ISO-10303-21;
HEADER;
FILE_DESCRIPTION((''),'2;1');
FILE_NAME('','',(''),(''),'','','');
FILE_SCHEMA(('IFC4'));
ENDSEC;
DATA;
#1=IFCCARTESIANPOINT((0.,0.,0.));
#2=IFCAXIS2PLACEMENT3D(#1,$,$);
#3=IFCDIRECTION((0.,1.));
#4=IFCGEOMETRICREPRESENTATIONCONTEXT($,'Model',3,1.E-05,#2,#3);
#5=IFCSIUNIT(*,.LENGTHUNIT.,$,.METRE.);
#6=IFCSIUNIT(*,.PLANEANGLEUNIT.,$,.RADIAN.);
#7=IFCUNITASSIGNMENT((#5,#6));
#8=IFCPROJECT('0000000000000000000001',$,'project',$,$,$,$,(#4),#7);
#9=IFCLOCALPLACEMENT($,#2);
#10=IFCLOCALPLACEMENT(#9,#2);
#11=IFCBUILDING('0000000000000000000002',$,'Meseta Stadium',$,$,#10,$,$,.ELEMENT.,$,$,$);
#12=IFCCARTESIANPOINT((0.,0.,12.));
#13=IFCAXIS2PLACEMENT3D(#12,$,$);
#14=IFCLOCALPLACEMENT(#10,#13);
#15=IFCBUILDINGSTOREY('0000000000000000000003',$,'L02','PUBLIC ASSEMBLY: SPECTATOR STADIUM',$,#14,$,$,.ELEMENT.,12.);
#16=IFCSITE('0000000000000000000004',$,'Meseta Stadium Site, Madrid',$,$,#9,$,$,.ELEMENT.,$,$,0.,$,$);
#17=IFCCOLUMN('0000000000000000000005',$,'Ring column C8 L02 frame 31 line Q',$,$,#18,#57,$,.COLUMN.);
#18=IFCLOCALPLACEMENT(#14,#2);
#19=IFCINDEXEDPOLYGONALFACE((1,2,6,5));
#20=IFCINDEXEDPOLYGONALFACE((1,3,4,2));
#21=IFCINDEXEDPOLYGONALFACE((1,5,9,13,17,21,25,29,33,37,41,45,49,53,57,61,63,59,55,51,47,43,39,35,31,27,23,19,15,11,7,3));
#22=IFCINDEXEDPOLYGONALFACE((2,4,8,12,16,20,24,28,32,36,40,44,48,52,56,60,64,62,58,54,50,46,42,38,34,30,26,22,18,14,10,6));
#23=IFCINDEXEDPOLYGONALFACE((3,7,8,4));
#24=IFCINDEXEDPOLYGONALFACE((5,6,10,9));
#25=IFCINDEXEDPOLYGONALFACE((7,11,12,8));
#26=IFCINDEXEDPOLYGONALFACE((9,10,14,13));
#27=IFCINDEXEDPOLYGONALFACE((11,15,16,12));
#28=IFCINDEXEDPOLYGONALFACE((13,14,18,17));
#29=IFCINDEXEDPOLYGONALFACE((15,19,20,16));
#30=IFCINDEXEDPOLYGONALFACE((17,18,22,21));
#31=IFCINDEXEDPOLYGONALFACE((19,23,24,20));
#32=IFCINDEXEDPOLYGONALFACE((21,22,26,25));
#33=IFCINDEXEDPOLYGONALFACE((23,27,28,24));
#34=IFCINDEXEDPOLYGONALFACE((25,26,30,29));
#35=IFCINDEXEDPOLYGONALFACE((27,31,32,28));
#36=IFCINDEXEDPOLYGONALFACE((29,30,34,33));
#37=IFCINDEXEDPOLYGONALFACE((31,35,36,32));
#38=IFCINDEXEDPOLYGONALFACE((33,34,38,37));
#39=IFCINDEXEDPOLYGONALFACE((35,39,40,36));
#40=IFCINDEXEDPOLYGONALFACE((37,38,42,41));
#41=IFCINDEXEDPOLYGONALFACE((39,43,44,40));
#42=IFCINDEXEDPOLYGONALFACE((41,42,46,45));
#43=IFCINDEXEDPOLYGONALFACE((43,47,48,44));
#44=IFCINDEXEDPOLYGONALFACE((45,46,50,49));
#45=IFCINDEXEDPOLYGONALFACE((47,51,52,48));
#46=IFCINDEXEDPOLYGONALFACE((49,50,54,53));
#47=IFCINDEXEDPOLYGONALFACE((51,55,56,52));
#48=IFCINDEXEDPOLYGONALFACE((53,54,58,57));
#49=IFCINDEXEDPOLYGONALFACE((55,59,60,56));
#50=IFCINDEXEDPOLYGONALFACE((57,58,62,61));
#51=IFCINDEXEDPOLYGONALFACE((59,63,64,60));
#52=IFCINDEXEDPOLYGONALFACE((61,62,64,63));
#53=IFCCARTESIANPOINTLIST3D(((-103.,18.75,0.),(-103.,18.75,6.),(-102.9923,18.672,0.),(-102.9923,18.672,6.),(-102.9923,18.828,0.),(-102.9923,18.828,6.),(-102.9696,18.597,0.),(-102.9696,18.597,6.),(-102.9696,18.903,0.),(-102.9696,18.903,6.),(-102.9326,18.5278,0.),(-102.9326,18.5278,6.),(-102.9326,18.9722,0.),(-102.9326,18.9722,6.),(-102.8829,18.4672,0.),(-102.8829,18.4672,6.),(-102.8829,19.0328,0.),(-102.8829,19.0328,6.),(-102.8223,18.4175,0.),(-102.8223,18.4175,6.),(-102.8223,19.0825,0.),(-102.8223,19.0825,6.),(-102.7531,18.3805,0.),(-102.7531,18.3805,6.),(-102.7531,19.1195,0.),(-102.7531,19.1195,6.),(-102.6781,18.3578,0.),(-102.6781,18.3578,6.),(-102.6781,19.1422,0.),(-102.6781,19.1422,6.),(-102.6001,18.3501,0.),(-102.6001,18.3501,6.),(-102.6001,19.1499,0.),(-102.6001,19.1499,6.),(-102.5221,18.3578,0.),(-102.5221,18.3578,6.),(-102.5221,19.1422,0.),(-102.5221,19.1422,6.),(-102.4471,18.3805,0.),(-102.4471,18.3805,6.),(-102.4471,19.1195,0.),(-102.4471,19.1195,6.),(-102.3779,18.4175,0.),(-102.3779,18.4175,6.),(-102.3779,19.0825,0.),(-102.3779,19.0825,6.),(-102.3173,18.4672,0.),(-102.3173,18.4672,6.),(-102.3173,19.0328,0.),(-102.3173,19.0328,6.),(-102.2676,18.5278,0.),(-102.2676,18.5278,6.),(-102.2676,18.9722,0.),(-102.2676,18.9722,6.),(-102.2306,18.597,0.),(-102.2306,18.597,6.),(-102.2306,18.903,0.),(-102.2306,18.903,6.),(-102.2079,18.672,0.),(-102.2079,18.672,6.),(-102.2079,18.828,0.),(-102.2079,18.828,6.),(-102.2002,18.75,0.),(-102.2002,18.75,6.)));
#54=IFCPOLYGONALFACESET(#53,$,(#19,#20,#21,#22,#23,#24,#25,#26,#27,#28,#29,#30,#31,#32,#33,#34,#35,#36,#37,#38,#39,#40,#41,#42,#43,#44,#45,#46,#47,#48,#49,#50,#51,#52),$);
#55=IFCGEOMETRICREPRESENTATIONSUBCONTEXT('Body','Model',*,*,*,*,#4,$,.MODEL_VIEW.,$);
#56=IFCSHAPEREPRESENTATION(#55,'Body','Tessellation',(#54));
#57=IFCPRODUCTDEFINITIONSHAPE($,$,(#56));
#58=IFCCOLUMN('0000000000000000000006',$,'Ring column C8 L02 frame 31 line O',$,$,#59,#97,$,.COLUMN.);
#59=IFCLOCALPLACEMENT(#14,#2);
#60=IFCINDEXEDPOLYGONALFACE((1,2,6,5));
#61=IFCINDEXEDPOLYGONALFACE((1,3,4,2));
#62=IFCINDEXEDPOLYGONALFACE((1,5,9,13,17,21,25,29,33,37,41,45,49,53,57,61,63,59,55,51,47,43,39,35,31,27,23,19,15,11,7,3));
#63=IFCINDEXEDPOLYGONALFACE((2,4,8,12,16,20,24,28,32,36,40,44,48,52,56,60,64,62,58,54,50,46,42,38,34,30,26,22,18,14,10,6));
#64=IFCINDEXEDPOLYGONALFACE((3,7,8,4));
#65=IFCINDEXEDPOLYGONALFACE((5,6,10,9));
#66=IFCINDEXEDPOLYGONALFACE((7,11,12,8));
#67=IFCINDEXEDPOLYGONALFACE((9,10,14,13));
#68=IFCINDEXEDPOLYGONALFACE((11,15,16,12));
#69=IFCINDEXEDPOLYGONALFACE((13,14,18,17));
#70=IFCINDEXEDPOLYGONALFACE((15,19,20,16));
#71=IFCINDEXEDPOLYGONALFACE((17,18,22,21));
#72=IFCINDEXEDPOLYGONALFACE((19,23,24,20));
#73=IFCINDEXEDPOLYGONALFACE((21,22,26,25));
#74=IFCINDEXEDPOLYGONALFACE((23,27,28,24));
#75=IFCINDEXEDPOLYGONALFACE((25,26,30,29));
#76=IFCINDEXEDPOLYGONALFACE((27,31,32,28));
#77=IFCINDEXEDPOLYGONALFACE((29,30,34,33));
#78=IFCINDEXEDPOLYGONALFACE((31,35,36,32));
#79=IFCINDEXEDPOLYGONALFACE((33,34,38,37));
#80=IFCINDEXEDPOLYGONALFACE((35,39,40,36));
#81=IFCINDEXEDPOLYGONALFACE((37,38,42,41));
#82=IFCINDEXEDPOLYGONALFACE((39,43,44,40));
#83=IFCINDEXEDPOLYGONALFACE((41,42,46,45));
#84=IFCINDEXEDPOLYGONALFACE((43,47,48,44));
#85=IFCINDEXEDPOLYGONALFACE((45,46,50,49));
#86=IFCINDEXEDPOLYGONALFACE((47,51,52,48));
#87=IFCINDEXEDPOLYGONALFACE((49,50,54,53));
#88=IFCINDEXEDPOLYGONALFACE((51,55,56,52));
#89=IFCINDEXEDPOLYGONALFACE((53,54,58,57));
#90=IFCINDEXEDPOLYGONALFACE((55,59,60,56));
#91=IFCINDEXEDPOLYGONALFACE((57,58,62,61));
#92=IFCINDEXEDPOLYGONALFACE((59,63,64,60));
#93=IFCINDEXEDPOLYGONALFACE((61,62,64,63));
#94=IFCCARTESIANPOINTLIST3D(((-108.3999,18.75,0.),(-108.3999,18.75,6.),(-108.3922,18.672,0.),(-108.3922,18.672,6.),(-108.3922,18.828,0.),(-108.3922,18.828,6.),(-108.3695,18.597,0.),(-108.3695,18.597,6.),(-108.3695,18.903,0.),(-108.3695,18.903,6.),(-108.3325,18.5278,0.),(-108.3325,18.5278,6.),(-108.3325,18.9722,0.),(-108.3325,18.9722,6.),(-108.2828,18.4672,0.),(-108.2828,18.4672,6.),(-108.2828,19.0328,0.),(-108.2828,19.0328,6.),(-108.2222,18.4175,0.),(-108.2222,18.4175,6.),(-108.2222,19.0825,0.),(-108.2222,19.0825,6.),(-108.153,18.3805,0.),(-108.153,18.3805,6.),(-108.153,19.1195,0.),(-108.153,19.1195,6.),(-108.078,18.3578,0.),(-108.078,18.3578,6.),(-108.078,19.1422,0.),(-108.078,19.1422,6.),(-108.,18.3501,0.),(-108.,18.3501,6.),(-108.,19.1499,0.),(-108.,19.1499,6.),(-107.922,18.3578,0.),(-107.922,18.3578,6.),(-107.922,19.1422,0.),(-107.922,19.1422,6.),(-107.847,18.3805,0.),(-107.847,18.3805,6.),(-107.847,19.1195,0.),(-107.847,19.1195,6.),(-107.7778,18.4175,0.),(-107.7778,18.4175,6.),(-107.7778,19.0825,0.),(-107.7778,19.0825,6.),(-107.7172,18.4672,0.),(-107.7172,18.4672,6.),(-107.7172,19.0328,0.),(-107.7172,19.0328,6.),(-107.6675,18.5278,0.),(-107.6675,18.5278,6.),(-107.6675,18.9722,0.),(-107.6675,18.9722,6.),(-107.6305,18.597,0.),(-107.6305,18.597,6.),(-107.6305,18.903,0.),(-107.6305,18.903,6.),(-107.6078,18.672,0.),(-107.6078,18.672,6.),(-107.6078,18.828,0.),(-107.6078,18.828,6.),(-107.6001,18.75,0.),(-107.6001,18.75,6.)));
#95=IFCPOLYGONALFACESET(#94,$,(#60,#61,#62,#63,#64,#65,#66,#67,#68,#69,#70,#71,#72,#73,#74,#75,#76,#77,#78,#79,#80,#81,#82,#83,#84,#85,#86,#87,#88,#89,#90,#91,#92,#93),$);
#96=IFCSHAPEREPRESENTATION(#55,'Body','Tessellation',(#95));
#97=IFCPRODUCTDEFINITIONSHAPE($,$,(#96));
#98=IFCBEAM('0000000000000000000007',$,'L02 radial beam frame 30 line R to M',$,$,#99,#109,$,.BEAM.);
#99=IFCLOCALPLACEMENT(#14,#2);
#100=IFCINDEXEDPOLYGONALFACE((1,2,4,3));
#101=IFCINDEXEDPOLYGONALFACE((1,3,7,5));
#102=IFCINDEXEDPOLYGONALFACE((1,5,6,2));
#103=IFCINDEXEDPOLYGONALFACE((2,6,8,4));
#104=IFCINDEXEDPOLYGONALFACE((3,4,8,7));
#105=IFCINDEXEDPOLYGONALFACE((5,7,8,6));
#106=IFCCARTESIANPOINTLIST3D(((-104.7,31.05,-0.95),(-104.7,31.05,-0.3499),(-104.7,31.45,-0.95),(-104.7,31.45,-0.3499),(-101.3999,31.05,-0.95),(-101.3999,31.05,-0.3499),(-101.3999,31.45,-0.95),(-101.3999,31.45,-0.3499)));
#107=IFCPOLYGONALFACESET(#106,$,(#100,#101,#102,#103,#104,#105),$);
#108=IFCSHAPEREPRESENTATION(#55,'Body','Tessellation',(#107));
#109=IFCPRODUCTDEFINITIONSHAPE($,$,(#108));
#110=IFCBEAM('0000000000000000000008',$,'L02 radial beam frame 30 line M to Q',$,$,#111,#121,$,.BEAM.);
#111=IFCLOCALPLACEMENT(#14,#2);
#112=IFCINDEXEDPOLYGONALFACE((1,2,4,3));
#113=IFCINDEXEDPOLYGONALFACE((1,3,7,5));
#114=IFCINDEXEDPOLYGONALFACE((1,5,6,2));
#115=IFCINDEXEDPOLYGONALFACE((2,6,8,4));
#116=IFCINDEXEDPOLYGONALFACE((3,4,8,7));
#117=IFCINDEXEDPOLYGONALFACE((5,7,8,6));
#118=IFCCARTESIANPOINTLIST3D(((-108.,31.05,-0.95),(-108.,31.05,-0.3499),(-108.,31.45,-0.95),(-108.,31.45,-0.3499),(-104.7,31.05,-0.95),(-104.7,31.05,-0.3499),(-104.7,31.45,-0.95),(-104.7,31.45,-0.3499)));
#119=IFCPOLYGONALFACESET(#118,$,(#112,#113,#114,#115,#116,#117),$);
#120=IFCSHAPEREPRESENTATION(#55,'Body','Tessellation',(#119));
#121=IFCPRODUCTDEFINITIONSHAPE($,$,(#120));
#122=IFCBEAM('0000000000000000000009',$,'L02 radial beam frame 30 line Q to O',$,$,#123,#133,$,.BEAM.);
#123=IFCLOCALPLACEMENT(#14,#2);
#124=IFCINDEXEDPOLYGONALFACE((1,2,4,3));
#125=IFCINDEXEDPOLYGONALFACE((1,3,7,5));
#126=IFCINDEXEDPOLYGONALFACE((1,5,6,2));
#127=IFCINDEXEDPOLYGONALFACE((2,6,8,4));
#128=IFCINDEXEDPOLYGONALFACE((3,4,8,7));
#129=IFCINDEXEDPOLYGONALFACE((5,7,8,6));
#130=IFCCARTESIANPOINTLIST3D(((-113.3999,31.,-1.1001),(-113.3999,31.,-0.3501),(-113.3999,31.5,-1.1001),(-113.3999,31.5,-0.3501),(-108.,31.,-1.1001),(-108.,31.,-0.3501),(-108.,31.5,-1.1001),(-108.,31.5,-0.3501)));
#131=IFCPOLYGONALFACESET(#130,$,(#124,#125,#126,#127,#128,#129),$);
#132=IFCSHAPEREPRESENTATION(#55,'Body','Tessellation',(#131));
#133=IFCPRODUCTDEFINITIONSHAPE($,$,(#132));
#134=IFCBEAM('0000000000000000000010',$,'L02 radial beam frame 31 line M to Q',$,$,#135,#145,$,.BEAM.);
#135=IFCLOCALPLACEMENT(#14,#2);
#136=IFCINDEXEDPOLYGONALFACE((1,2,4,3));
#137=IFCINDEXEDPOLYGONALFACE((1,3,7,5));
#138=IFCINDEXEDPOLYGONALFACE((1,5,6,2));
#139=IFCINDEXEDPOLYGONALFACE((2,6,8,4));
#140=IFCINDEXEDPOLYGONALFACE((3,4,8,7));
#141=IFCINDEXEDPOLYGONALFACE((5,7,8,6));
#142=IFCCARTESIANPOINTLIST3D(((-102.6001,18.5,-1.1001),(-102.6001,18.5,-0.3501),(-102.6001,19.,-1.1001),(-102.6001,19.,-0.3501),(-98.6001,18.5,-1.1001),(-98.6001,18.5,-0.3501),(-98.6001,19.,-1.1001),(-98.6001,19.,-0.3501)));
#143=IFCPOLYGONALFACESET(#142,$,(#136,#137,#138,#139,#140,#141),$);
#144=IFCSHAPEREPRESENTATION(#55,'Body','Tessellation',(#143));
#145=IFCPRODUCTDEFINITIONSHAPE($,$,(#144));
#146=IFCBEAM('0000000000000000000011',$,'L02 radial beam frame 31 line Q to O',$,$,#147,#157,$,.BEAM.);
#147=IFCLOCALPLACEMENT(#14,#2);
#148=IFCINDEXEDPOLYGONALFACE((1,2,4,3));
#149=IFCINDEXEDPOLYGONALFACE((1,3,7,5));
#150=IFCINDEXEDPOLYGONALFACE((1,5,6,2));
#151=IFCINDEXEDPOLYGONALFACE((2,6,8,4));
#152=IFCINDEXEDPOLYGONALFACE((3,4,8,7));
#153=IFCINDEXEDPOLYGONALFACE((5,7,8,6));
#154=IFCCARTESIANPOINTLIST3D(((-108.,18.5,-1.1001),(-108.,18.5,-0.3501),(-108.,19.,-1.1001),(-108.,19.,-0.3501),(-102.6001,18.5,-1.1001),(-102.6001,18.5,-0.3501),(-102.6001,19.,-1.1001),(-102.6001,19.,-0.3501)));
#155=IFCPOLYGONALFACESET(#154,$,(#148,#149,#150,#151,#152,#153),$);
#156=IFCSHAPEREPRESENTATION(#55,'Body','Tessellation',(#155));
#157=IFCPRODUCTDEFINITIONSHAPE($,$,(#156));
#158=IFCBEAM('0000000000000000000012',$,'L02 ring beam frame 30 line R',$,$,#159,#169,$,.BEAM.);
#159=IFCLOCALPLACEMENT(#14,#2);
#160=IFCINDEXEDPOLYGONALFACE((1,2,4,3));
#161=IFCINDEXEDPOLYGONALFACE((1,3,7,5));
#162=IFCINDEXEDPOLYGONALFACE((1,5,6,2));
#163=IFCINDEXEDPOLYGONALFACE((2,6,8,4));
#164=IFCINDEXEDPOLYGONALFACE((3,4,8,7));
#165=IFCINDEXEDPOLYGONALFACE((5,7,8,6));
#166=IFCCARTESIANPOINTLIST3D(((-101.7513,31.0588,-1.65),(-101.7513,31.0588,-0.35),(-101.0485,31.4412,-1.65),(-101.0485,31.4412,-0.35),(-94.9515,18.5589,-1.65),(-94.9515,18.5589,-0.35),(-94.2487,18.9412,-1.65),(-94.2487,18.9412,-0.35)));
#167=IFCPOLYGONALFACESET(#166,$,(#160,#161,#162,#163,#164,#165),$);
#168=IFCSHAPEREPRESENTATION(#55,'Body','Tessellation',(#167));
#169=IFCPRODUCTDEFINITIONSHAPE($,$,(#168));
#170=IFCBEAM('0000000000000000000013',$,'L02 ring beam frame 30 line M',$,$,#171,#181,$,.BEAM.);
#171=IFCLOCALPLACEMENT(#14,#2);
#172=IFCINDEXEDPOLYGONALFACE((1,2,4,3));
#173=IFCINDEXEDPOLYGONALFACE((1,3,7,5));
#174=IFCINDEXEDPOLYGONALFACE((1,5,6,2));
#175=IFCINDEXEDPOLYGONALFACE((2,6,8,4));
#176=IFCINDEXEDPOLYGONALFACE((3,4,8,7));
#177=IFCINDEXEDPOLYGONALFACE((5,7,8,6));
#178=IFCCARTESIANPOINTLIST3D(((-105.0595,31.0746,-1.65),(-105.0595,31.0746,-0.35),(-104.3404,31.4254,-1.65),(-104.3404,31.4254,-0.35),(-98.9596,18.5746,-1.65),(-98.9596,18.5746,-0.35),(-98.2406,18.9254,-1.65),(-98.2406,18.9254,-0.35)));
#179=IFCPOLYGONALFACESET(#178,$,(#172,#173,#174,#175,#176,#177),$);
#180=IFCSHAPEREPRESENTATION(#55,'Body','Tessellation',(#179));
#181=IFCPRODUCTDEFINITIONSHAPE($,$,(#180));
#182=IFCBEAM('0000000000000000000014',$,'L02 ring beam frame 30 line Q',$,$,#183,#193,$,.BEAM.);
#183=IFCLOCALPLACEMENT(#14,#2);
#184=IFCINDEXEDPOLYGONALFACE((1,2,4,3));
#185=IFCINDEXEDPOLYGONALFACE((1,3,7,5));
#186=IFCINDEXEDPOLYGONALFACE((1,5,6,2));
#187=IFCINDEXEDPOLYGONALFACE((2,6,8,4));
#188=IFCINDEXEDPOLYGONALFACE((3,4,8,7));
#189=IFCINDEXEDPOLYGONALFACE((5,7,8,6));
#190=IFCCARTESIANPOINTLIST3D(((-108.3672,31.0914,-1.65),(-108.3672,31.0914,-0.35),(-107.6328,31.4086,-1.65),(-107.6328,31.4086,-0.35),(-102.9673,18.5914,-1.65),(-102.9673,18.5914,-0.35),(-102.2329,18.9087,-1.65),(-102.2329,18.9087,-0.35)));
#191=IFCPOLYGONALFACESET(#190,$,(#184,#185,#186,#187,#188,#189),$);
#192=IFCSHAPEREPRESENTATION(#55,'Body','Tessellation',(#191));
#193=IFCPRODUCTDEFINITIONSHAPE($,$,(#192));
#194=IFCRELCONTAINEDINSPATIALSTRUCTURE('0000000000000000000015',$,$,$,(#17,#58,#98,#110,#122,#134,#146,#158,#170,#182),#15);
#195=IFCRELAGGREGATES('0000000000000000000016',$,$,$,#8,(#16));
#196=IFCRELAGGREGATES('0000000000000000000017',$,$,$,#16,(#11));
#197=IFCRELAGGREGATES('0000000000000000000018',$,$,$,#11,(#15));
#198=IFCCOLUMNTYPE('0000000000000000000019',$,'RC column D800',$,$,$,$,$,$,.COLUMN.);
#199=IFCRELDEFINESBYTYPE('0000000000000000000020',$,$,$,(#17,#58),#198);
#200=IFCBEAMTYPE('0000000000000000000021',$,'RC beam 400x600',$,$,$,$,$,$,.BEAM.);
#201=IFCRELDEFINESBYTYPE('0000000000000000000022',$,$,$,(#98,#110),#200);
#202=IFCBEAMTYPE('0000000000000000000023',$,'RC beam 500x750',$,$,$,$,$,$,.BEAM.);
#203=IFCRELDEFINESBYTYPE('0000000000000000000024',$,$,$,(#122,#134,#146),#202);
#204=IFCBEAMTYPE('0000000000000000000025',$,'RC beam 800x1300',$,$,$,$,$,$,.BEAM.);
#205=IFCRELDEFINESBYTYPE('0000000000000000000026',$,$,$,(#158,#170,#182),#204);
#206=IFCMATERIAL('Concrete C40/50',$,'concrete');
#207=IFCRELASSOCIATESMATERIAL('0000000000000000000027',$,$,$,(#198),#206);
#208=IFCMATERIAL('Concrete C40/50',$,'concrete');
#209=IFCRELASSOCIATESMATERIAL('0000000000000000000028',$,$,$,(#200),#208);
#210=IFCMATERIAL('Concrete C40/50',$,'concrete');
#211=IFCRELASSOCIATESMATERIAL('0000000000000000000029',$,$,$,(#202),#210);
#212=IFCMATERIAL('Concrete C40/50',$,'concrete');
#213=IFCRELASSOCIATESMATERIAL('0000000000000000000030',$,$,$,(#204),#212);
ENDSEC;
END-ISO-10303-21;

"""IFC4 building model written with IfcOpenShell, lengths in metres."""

from ifc_helpers import new_model, si_unit, direction, frame, origin, origin_2d, place, context, subcontext, project, spatial, rectangle, circle, extrude, material, material_profile, profile_set, type_object, element, save


model = new_model("IFC4")

# Units and contexts
model_context = context("Model", 3, precision=1e-05, world=origin(), true_north=direction((0.0, 1.0)))
body_context = subcontext(model_context, "Body", "Model", "MODEL_VIEW")
ifc_project = project(units=[si_unit("LENGTHUNIT", "METRE"), si_unit("PLANEANGLEUNIT", "RADIAN")], contexts=[model_context])

# Site, building, storey
site_placement = place(None, origin())
site = spatial("IfcSite", under=ifc_project, at=site_placement, Name="Meseta Stadium Site, Madrid", CompositionType="ELEMENT", RefElevation=0.0)
building_placement = place(site_placement, origin())
building = spatial("IfcBuilding", under=site, at=building_placement, Name="Meseta Stadium", CompositionType="ELEMENT")
storey_placement = place(building_placement, frame((0.0, 0.0, 12.0)))
storey = spatial("IfcBuildingStorey", under=building, at=storey_placement, Name="L02", Description="PUBLIC ASSEMBLY: SPECTATOR STADIUM", CompositionType="ELEMENT", Elevation=12.0)

# Columns
ifc_material_1 = material(Name="Concrete C40/50", Category="concrete")
ifc_material_profile_1 = material_profile(ifc_material_1, circle(Radius=0.3999, at=origin_2d()), Name="RC D800")
ifc_profile_set_1 = profile_set([ifc_material_profile_1], Name="Concrete C40/50")
column_type_1 = type_object("IfcColumnType", Name="RC column D800", PredefinedType="COLUMN", material=ifc_profile_set_1)
for number, where, z_axis, x_axis, name in (
    (1, (-102.6001, 18.75, 0.0), (0.0, 0.0, 1.0), (1.0, 0.0, 0.0), "Ring column C8 L02 frame 31 line Q"),
    (2, (-108.0, 18.75, 0.0), (0.0, 0.0, 1.0), (1.0, 0.0, 0.0), "Ring column C8 L02 frame 31 line O"),
):
    element("IfcColumn", number, at=place(storey_placement, frame(where, z_axis=z_axis, x_axis=x_axis)), inside=storey, type_object=column_type_1, Name=name, PredefinedType="COLUMN", context=body_context, shape_type="SweptSolid", body=[
        extrude(circle(Radius=0.3999, at=origin_2d()), origin(), (0.0, 0.0, 1.0), 6.0),
    ])

# Beams
ifc_material_2 = material(Name="Concrete C40/50", Category="concrete")
ifc_material_profile_2 = material_profile(ifc_material_2, rectangle(XDim=0.3999, YDim=0.6001, at=origin_2d()), Name="RC 400x600")
ifc_profile_set_2 = profile_set([ifc_material_profile_2], Name="Concrete C40/50")
beam_type_1 = type_object("IfcBeamType", Name="RC beam 400x600", PredefinedType="BEAM", material=ifc_profile_set_2)
for number, where, z_axis, x_axis, name in (
    (3, (-101.3999, 31.25, -0.6499), (-1.0, 0.0, 0.0), (0.0, -1.0, 0.0), "L02 radial beam frame 30 line R to M"),
    (4, (-104.7, 31.25, -0.6499), (-1.0, 0.0, 0.0), (0.0, -1.0, 0.0), "L02 radial beam frame 30 line M to Q"),
):
    element("IfcBeam", number, at=place(storey_placement, frame(where, z_axis=z_axis, x_axis=x_axis)), inside=storey, type_object=beam_type_1, Name=name, PredefinedType="BEAM", context=body_context, shape_type="SweptSolid", body=[
        extrude(rectangle(XDim=0.3999, YDim=0.6001, at=origin_2d()), origin(), (0.0, 0.0, 1.0), 3.3),
    ])
ifc_material_3 = material(Name="Concrete C40/50", Category="concrete")
ifc_material_profile_3 = material_profile(ifc_material_3, rectangle(XDim=0.5, YDim=0.75, at=origin_2d()), Name="RC 500x750")
ifc_profile_set_3 = profile_set([ifc_material_profile_3], Name="Concrete C40/50")
beam_type_2 = type_object("IfcBeamType", Name="RC beam 500x750", PredefinedType="BEAM", material=ifc_profile_set_3)
beam_1_placement = place(storey_placement, frame((-108.0, 31.25, -0.7251), z_axis=(-1.0, 0.0, 0.0), x_axis=(0.0, -1.0, 0.0)))
element("IfcBeam", 5, at=beam_1_placement, inside=storey, type_object=beam_type_2, Name="L02 radial beam frame 30 line Q to O", PredefinedType="BEAM", context=body_context, shape_type="SweptSolid", body=[
    extrude(rectangle(XDim=0.5, YDim=0.75, at=origin_2d()), origin(), (0.0, 0.0, 1.0), 5.3999),
])
beam_2_placement = place(storey_placement, frame((-98.6001, 18.75, -0.7251), z_axis=(-1.0, 0.0, 0.0), x_axis=(0.0, -1.0, 0.0)))
element("IfcBeam", 6, at=beam_2_placement, inside=storey, type_object=beam_type_2, Name="L02 radial beam frame 31 line M to Q", PredefinedType="BEAM", context=body_context, shape_type="SweptSolid", body=[
    extrude(rectangle(XDim=0.5, YDim=0.75, at=origin_2d()), origin(), (0.0, 0.0, 1.0), 4.0),
])
beam_3_placement = place(storey_placement, frame((-102.6001, 18.75, -0.7251), z_axis=(-1.0, 0.0, 0.0), x_axis=(0.0, -1.0, 0.0)))
element("IfcBeam", 7, at=beam_3_placement, inside=storey, type_object=beam_type_2, Name="L02 radial beam frame 31 line Q to O", PredefinedType="BEAM", context=body_context, shape_type="SweptSolid", body=[
    extrude(rectangle(XDim=0.5, YDim=0.75, at=origin_2d()), origin(), (0.0, 0.0, 1.0), 5.3999),
])
ifc_material_4 = material(Name="Concrete C40/50", Category="concrete")
ifc_material_profile_4 = material_profile(ifc_material_4, rectangle(XDim=0.8, YDim=1.3, at=origin_2d()), Name="RC 800x1300")
ifc_profile_set_4 = profile_set([ifc_material_profile_4], Name="Concrete C40/50")
beam_type_3 = type_object("IfcBeamType", Name="RC beam 800x1300", PredefinedType="BEAM", material=ifc_profile_set_4)
beam_4_placement = place(storey_placement, frame((-101.3999, 31.25, -1.0), z_axis=(0.477856, -0.878438, 0.0), x_axis=(0.878438, 0.477856, 0.0)))
element("IfcBeam", 8, at=beam_4_placement, inside=storey, type_object=beam_type_3, Name="L02 ring beam frame 30 line R", PredefinedType="BEAM", context=body_context, shape_type="SweptSolid", body=[
    extrude(rectangle(XDim=0.8, YDim=1.3, at=origin_2d()), origin(), (0.0, 0.0, 1.0), 14.2297),
])
beam_5_placement = place(storey_placement, frame((-104.7, 31.25, -1.0), z_axis=(0.438557, -0.898703, 0.0), x_axis=(0.898703, 0.438557, 0.0)))
element("IfcBeam", 9, at=beam_5_placement, inside=storey, type_object=beam_type_3, Name="L02 ring beam frame 30 line M", PredefinedType="BEAM", context=body_context, shape_type="SweptSolid", body=[
    extrude(rectangle(XDim=0.8, YDim=1.3, at=origin_2d()), origin(), (0.0, 0.0, 1.0), 13.9089),
])
for number, where, z_axis, x_axis, name in (
    (10, (-108.0, 31.25, -1.0), (0.396571, -0.918004, 0.0), (0.918004, 0.396571, 0.0), "L02 ring beam frame 30 line Q"),
):
    element("IfcBeam", number, at=place(storey_placement, frame(where, z_axis=z_axis, x_axis=x_axis)), inside=storey, type_object=beam_type_3, Name=name, PredefinedType="BEAM", context=body_context, shape_type="SweptSolid", body=[
        extrude(rectangle(XDim=0.8, YDim=1.3, at=origin_2d()), origin(), (0.0, 0.0, 1.0), 13.6165),
    ])

save(model, "model.ifc")
